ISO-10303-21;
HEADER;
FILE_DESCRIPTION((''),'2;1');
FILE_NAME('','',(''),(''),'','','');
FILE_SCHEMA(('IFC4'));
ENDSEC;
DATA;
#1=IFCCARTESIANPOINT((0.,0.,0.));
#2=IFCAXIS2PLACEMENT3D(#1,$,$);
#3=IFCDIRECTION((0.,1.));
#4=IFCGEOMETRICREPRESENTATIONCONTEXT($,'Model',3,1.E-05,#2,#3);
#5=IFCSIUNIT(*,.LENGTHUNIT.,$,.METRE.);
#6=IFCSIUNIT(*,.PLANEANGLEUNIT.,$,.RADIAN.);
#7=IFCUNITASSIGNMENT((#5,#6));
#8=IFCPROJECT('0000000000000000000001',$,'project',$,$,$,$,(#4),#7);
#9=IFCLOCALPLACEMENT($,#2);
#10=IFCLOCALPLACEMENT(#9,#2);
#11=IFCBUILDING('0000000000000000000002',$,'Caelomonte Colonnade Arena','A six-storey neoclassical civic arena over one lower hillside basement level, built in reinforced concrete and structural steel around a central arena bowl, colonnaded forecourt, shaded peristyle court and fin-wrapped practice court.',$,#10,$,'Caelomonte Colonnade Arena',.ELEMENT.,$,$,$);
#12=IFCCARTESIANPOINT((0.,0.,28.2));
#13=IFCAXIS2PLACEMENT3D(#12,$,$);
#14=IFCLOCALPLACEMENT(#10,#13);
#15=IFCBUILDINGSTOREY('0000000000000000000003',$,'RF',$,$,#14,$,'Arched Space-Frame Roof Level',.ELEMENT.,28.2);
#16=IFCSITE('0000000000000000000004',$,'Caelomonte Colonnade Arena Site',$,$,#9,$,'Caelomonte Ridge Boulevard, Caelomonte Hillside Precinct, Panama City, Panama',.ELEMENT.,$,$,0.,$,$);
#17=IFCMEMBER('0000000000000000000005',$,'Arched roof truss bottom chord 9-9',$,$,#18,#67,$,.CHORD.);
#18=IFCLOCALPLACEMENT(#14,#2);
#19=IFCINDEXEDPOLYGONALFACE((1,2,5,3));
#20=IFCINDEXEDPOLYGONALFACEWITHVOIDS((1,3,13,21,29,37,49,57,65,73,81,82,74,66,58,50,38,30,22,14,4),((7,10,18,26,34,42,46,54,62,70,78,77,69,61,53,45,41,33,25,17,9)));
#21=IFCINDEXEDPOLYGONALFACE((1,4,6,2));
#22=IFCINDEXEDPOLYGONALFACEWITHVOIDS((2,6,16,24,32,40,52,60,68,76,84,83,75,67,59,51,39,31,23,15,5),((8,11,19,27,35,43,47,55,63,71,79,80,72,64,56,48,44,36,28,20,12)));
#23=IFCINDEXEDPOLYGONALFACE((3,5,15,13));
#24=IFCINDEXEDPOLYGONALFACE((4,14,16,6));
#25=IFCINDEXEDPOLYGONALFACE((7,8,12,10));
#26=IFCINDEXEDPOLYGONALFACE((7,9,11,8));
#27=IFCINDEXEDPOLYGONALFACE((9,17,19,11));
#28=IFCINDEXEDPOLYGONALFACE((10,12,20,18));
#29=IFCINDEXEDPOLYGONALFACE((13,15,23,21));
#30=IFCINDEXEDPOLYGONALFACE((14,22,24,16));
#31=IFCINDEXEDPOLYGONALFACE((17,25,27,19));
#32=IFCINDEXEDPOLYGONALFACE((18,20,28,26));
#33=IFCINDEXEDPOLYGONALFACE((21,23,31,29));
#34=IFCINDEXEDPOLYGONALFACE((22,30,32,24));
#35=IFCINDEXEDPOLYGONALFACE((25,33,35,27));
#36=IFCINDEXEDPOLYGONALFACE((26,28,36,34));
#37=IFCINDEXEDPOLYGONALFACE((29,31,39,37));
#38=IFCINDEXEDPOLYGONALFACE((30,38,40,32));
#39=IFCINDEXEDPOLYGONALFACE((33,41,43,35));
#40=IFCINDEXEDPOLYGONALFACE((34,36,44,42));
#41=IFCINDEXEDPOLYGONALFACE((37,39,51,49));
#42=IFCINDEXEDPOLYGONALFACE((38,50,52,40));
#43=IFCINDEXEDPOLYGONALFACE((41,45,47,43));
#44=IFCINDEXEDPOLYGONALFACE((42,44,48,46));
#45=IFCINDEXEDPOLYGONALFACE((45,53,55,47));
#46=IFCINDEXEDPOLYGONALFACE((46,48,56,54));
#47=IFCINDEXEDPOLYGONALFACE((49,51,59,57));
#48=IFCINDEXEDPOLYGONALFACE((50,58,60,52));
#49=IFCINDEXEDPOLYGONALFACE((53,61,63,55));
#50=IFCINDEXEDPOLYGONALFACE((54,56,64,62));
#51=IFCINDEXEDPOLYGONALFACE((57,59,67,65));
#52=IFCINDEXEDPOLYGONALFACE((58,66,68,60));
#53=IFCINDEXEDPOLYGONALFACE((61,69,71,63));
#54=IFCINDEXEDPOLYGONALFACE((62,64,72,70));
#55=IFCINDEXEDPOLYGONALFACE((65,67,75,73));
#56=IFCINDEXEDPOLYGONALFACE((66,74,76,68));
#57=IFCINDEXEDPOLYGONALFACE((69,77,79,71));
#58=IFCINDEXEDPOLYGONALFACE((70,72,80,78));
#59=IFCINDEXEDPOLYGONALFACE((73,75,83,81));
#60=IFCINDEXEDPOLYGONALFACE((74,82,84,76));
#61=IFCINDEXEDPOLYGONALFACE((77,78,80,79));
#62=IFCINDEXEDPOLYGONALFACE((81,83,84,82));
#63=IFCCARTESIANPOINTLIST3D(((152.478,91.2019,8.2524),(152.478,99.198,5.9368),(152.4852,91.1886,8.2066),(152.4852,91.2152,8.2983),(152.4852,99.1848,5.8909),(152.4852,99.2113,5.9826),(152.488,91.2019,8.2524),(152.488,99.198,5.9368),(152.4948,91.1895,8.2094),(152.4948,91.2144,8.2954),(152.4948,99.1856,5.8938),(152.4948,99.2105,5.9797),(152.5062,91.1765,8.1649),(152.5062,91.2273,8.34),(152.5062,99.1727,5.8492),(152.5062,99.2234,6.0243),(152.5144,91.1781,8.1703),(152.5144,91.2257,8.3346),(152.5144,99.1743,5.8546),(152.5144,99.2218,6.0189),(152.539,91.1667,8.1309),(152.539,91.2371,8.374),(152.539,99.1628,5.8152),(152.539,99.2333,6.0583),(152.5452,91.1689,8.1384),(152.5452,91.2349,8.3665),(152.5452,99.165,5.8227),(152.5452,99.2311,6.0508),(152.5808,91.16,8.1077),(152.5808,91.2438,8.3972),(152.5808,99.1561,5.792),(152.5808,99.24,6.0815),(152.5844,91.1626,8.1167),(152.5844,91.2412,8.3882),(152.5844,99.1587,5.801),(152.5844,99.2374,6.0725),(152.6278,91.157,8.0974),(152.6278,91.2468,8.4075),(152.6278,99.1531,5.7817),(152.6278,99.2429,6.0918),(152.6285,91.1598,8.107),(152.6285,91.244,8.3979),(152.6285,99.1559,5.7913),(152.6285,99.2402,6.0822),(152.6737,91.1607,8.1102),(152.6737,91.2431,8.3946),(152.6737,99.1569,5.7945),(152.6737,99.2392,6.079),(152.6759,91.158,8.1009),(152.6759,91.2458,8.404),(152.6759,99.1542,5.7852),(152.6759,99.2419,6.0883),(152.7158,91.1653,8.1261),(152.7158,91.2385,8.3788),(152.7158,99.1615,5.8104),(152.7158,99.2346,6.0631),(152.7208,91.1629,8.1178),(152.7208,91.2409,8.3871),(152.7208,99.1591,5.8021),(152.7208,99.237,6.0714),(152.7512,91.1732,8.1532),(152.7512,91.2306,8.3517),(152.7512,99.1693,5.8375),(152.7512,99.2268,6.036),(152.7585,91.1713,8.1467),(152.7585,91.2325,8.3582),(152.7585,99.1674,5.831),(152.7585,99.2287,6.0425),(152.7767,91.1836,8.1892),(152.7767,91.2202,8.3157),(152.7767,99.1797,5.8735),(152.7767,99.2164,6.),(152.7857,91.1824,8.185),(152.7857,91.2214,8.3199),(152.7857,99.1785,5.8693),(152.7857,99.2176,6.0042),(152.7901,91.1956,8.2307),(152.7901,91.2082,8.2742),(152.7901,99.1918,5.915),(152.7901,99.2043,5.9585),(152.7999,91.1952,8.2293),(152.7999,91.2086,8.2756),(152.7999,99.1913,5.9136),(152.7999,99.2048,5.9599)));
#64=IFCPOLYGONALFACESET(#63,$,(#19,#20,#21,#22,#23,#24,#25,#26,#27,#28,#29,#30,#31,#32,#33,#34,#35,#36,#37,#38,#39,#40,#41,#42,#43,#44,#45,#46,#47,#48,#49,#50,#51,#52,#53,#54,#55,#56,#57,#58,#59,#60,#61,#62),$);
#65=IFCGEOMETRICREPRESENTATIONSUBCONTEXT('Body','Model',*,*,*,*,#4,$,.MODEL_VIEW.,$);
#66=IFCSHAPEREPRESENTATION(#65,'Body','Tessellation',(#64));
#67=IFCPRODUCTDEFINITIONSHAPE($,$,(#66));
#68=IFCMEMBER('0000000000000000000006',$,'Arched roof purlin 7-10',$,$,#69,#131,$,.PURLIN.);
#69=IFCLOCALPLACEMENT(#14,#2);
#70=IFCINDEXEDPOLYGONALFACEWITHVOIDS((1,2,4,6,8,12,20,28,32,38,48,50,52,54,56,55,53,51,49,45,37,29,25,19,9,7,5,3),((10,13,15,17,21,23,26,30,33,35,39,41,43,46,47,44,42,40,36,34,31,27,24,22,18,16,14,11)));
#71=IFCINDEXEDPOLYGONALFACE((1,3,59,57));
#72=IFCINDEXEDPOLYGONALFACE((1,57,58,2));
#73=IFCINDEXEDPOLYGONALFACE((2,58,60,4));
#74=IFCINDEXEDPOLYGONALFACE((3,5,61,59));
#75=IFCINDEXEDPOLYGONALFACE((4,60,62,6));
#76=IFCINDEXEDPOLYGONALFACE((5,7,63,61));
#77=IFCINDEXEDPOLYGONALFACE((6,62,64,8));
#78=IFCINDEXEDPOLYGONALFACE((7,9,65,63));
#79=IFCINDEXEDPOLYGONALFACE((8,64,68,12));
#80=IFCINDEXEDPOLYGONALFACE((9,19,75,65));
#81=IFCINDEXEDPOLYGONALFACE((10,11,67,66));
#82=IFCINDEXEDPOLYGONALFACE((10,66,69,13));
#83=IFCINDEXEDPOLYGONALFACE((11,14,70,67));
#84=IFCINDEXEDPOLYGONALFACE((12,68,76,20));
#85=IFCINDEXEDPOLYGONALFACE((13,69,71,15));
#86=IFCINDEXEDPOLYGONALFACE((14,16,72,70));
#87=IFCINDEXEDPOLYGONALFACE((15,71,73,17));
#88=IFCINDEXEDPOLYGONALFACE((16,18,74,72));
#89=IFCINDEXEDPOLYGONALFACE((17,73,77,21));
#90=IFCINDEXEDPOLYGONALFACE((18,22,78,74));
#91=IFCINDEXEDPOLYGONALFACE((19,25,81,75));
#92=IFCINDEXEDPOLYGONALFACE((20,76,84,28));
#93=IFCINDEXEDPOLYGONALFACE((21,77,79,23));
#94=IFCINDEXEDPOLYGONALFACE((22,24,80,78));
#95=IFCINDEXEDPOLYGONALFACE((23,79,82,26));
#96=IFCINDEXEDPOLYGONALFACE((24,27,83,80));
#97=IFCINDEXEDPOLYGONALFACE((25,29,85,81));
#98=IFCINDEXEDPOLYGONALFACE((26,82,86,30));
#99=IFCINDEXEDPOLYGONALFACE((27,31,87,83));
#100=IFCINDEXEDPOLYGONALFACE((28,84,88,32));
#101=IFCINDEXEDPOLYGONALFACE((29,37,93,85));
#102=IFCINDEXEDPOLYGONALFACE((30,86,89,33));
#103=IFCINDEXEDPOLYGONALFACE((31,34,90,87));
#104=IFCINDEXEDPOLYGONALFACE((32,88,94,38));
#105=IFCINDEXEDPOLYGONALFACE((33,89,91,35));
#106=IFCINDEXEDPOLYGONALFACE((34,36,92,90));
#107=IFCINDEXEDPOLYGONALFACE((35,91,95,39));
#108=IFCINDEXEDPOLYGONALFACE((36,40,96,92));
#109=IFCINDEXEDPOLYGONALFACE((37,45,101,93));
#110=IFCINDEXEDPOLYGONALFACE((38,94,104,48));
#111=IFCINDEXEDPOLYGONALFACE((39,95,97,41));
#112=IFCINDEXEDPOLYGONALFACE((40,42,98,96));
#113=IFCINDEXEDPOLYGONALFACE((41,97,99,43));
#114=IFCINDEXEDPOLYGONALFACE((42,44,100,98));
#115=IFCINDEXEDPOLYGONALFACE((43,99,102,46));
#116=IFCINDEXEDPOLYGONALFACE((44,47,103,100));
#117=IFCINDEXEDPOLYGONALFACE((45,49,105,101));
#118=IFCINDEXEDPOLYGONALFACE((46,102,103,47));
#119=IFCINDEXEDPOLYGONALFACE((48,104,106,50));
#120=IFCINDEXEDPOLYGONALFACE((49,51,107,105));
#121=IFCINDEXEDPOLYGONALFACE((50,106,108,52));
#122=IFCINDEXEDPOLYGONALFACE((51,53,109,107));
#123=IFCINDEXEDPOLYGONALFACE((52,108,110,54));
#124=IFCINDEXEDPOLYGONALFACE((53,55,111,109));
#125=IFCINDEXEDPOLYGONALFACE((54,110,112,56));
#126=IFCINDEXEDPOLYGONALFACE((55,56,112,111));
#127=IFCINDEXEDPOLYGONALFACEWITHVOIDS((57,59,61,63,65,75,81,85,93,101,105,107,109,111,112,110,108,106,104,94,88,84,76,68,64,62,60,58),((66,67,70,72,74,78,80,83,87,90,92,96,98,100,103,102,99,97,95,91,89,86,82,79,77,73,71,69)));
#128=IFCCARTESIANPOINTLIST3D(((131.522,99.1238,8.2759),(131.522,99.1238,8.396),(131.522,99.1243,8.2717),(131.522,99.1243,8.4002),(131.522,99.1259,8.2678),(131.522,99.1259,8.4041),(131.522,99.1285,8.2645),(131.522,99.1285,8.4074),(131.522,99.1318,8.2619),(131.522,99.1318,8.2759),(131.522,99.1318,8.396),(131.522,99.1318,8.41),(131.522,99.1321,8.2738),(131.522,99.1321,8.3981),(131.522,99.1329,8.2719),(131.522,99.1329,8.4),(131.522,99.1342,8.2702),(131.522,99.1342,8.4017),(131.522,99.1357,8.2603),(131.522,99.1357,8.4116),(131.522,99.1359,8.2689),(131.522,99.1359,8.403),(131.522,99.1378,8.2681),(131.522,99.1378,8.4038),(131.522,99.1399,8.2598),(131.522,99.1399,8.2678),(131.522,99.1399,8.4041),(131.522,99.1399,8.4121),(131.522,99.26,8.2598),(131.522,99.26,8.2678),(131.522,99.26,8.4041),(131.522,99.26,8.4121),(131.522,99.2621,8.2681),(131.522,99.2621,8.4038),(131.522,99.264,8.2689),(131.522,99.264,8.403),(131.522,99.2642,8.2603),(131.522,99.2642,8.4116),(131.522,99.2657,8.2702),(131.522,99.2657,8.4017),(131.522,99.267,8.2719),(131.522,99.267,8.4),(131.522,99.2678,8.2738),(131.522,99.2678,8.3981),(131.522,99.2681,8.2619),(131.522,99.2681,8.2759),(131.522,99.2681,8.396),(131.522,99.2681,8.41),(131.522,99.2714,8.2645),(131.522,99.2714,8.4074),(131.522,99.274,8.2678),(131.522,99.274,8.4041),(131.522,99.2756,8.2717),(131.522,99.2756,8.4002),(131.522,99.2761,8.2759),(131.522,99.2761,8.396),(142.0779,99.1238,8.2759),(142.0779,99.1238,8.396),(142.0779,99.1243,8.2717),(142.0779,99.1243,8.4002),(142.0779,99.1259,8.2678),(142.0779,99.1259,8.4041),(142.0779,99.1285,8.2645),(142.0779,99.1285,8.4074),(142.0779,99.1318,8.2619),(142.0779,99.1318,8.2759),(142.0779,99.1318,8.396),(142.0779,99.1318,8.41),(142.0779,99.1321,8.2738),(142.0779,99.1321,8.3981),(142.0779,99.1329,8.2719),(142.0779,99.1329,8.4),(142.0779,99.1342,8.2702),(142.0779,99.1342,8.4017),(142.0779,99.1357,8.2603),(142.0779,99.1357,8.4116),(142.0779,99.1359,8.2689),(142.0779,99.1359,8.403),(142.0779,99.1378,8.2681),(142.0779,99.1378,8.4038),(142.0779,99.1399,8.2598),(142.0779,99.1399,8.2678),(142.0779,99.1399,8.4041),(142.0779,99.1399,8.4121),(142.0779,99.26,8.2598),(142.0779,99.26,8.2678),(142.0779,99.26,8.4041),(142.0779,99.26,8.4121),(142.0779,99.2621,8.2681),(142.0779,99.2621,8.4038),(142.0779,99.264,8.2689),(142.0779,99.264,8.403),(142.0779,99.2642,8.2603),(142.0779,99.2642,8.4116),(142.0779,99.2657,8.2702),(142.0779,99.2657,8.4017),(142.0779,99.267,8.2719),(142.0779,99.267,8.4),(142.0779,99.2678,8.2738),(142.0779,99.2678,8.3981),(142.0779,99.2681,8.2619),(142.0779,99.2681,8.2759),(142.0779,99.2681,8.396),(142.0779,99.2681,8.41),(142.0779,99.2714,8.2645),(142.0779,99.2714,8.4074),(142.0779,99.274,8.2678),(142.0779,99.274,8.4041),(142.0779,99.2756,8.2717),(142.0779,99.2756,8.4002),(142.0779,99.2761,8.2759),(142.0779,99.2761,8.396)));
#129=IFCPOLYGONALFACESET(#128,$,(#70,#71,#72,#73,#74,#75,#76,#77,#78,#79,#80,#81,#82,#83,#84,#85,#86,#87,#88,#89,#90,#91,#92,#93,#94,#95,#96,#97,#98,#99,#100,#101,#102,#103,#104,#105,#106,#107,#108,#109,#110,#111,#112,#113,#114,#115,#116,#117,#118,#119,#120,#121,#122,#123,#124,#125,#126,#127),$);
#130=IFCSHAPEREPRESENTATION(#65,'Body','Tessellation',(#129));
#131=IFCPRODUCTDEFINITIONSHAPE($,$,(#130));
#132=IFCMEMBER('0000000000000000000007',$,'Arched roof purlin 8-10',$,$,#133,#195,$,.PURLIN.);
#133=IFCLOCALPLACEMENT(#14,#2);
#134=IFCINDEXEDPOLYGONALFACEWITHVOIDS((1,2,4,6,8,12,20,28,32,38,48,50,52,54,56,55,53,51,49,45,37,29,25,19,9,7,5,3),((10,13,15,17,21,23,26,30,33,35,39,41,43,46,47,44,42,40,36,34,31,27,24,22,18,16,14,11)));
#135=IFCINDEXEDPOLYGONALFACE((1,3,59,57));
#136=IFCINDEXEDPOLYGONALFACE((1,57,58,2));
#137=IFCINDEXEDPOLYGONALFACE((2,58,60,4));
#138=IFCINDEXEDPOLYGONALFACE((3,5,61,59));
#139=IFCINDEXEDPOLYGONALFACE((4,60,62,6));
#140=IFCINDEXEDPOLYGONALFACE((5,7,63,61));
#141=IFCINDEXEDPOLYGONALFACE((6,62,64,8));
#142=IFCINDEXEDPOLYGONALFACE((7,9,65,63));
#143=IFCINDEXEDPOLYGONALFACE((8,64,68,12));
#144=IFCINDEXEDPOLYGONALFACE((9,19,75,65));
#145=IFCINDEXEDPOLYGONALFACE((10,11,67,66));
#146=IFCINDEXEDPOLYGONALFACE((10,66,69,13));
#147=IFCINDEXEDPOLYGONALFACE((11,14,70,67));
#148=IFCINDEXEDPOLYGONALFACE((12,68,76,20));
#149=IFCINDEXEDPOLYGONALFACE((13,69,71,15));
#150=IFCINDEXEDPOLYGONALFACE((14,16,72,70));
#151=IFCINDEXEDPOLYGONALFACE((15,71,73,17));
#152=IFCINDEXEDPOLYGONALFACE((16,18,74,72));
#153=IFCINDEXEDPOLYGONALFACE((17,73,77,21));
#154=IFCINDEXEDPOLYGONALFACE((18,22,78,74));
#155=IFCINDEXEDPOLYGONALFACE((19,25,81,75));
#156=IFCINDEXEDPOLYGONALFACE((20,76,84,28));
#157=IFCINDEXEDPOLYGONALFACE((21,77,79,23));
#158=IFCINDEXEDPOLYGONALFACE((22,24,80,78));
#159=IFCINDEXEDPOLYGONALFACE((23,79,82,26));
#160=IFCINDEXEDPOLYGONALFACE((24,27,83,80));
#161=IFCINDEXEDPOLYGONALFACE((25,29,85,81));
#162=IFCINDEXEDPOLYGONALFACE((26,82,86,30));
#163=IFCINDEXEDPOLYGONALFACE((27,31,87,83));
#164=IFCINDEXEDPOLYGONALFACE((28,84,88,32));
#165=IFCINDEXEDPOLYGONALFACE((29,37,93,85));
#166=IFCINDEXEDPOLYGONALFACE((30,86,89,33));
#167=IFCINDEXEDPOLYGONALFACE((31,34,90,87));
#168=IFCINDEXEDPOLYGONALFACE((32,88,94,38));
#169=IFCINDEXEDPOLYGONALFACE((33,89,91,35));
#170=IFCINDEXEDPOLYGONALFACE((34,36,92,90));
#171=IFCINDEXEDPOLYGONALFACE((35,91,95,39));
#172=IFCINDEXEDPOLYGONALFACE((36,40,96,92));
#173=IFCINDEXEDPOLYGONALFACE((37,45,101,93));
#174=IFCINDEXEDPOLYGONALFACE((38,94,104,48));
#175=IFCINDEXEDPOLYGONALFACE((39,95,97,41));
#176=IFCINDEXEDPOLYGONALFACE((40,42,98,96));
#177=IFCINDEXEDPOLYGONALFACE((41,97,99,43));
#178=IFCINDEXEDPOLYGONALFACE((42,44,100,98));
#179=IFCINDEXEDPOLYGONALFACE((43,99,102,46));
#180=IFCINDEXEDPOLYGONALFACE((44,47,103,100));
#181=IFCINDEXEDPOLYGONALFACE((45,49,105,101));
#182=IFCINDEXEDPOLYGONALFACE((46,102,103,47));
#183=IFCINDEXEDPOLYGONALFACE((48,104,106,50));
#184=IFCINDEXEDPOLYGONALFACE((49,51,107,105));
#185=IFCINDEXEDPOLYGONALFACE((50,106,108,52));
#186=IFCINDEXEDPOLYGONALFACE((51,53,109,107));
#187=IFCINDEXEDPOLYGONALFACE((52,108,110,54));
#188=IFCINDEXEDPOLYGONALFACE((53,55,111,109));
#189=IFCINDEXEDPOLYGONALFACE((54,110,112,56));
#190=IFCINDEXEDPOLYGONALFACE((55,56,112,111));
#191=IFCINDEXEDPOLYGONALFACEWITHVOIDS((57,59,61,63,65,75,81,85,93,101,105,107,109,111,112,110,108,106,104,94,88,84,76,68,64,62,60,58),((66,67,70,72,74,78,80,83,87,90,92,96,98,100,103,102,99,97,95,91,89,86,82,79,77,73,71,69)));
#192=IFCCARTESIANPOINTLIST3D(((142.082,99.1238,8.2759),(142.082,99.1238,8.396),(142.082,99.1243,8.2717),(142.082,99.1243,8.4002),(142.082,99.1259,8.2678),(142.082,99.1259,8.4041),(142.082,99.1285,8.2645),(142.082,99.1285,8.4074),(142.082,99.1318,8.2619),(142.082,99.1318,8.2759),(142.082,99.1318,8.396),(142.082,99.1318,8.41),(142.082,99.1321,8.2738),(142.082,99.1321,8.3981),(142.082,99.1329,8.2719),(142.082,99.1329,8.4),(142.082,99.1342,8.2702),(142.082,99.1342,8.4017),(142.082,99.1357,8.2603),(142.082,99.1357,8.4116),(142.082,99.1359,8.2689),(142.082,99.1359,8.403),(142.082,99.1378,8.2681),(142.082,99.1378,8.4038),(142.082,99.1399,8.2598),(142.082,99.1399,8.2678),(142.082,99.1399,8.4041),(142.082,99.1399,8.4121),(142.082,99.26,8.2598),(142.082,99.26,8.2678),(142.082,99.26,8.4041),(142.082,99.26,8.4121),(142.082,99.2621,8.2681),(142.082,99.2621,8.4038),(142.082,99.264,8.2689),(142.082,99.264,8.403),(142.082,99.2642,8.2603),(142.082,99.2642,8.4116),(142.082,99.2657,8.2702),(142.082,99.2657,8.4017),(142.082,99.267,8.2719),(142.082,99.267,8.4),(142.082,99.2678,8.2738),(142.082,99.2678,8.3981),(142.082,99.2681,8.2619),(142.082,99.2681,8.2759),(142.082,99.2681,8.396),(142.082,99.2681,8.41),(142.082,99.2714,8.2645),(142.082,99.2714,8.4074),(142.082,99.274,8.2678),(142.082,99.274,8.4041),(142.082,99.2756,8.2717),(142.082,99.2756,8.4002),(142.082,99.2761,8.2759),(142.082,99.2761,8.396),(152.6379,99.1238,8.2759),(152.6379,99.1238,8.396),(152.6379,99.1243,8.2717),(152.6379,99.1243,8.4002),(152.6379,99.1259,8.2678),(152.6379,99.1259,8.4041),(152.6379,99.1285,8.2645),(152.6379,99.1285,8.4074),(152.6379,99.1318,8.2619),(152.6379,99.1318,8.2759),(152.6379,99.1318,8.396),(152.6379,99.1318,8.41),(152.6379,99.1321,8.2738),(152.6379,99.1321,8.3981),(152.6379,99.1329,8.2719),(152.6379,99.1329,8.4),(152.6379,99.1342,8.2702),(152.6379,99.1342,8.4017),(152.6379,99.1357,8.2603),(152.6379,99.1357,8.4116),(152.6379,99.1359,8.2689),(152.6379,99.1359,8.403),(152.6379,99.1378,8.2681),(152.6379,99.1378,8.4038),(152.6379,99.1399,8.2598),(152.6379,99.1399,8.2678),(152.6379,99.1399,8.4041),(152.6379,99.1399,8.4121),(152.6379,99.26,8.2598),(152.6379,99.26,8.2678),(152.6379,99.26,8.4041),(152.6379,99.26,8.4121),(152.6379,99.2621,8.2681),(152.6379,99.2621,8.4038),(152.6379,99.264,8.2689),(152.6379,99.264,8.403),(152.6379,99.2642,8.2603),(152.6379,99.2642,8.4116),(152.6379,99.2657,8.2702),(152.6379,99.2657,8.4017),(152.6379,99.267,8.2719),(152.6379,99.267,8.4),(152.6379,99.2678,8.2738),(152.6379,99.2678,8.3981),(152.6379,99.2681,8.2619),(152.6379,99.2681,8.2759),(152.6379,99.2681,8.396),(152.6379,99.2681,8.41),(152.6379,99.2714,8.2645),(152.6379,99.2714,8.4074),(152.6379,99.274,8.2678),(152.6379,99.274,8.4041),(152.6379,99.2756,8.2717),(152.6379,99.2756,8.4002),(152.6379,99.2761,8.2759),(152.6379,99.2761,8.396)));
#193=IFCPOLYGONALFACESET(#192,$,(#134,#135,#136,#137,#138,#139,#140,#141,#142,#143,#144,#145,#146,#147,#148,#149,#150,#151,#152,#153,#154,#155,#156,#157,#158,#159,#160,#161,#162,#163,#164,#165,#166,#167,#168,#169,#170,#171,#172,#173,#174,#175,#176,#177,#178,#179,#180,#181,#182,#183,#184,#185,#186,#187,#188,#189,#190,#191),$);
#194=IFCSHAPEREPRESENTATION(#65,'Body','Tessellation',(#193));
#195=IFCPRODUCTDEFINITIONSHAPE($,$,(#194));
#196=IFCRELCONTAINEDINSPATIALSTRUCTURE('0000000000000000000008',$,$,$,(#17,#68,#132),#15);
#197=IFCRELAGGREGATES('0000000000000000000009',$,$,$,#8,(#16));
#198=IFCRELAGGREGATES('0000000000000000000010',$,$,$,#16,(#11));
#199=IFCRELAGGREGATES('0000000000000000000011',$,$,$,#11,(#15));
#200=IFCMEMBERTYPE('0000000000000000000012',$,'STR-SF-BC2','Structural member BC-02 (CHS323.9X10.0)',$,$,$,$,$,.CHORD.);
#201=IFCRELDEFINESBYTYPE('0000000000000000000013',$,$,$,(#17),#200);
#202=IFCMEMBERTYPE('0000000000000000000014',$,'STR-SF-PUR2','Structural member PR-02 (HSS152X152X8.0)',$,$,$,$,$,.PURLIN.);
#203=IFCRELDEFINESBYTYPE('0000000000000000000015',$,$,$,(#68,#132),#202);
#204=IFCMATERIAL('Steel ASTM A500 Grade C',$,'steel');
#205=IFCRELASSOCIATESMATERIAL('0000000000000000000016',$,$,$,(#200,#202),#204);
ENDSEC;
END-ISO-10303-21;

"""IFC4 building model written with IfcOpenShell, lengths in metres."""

from ifc_helpers import new_model, si_unit, direction, frame, origin, origin_2d, place, context, subcontext, project, spatial, hollow_rectangle, hollow_circle, extrude, material, material_profile, profile_set, type_object, element, save


model = new_model("IFC4")

# Units and contexts
model_context = context("Model", 3, precision=1e-05, world=origin(), true_north=direction((0.0, 1.0)))
body_context = subcontext(model_context, "Body", "Model", "MODEL_VIEW")
ifc_project = project(units=[si_unit("LENGTHUNIT", "METRE"), si_unit("PLANEANGLEUNIT", "RADIAN")], contexts=[model_context])

# Site, building, storey
site_placement = place(None, origin())
site = spatial("IfcSite", under=ifc_project, at=site_placement, Name="Caelomonte Colonnade Arena Site", LongName="Caelomonte Ridge Boulevard, Caelomonte Hillside Precinct, Panama City, Panama", CompositionType="ELEMENT", RefElevation=0.0)
building_placement = place(site_placement, origin())
building = spatial("IfcBuilding", under=site, at=building_placement, Name="Caelomonte Colonnade Arena", Description="A six-storey neoclassical civic arena over one lower hillside basement level, built in reinforced concrete and structural steel around a central arena bowl, colonnaded forecourt, shaded peristyle court and fin-wrapped practice court.", LongName="Caelomonte Colonnade Arena", CompositionType="ELEMENT")
storey_placement = place(building_placement, frame((0.0, 0.0, 28.2)))
storey = spatial("IfcBuildingStorey", under=building, at=storey_placement, Name="RF", LongName="Arched Space-Frame Roof Level", CompositionType="ELEMENT", Elevation=28.2)

# Members
ifc_material_1 = material(Name="Steel ASTM A500 Grade C", Category="steel")
ifc_material_profile_1 = material_profile(ifc_material_1, hollow_circle(Radius=0.1619, WallThickness=0.01, at=origin_2d()), Name="CHS323.9X10.0")
ifc_profile_set_1 = profile_set([ifc_material_profile_1], Name="Steel ASTM A500 Grade C")
member_type_1 = type_object("IfcMemberType", Name="STR-SF-BC2", Description="Structural member BC-02 (CHS323.9X10.0)", PredefinedType="CHORD", material=ifc_profile_set_1)
member_1_placement = place(storey_placement, frame((152.6399, 91.2019, 8.2524), z_axis=(0.0, 0.960532, -0.278171), x_axis=(-1.0, 0.0, 0.0)))
element("IfcMember", 1, at=member_1_placement, inside=storey, type_object=member_type_1, Name="Arched roof truss bottom chord 9-9", PredefinedType="CHORD", context=body_context, shape_type="SweptSolid", body=[
    extrude(hollow_circle(Radius=0.1619, WallThickness=0.01, at=origin_2d()), origin(), (0.0, 0.0, 1.0), 8.3247),
])
ifc_material_profile_2 = material_profile(ifc_material_1, hollow_rectangle(XDim=0.1523, YDim=0.1523, WallThickness=0.0081, InnerFilletRadius=0.0081, OuterFilletRadius=0.0161, at=origin_2d()), Name="HSS152X152X8.0")
ifc_profile_set_2 = profile_set([ifc_material_profile_2], Name="Steel ASTM A500 Grade C")
member_type_2 = type_object("IfcMemberType", Name="STR-SF-PUR2", Description="Structural member PR-02 (HSS152X152X8.0)", PredefinedType="PURLIN", material=ifc_profile_set_2)
for number, where, z_axis, x_axis, name in (
    (2, (131.522, 99.2, 8.3359), (1.0, 0.0, 0.0), (0.0, 1.0, 0.0), "Arched roof purlin 7-10"),
    (3, (142.082, 99.2, 8.3359), (1.0, 0.0, 0.0), (0.0, 1.0, 0.0), "Arched roof purlin 8-10"),
):
    element("IfcMember", number, at=place(storey_placement, frame(where, z_axis=z_axis, x_axis=x_axis)), inside=storey, type_object=member_type_2, Name=name, PredefinedType="PURLIN", context=body_context, shape_type="SweptSolid", body=[
        extrude(hollow_rectangle(XDim=0.1523, YDim=0.1523, WallThickness=0.0081, InnerFilletRadius=0.0081, OuterFilletRadius=0.0161, at=origin_2d()), origin(), (0.0, 0.0, 1.0), 10.5559),
    ])

save(model, "model.ifc")
